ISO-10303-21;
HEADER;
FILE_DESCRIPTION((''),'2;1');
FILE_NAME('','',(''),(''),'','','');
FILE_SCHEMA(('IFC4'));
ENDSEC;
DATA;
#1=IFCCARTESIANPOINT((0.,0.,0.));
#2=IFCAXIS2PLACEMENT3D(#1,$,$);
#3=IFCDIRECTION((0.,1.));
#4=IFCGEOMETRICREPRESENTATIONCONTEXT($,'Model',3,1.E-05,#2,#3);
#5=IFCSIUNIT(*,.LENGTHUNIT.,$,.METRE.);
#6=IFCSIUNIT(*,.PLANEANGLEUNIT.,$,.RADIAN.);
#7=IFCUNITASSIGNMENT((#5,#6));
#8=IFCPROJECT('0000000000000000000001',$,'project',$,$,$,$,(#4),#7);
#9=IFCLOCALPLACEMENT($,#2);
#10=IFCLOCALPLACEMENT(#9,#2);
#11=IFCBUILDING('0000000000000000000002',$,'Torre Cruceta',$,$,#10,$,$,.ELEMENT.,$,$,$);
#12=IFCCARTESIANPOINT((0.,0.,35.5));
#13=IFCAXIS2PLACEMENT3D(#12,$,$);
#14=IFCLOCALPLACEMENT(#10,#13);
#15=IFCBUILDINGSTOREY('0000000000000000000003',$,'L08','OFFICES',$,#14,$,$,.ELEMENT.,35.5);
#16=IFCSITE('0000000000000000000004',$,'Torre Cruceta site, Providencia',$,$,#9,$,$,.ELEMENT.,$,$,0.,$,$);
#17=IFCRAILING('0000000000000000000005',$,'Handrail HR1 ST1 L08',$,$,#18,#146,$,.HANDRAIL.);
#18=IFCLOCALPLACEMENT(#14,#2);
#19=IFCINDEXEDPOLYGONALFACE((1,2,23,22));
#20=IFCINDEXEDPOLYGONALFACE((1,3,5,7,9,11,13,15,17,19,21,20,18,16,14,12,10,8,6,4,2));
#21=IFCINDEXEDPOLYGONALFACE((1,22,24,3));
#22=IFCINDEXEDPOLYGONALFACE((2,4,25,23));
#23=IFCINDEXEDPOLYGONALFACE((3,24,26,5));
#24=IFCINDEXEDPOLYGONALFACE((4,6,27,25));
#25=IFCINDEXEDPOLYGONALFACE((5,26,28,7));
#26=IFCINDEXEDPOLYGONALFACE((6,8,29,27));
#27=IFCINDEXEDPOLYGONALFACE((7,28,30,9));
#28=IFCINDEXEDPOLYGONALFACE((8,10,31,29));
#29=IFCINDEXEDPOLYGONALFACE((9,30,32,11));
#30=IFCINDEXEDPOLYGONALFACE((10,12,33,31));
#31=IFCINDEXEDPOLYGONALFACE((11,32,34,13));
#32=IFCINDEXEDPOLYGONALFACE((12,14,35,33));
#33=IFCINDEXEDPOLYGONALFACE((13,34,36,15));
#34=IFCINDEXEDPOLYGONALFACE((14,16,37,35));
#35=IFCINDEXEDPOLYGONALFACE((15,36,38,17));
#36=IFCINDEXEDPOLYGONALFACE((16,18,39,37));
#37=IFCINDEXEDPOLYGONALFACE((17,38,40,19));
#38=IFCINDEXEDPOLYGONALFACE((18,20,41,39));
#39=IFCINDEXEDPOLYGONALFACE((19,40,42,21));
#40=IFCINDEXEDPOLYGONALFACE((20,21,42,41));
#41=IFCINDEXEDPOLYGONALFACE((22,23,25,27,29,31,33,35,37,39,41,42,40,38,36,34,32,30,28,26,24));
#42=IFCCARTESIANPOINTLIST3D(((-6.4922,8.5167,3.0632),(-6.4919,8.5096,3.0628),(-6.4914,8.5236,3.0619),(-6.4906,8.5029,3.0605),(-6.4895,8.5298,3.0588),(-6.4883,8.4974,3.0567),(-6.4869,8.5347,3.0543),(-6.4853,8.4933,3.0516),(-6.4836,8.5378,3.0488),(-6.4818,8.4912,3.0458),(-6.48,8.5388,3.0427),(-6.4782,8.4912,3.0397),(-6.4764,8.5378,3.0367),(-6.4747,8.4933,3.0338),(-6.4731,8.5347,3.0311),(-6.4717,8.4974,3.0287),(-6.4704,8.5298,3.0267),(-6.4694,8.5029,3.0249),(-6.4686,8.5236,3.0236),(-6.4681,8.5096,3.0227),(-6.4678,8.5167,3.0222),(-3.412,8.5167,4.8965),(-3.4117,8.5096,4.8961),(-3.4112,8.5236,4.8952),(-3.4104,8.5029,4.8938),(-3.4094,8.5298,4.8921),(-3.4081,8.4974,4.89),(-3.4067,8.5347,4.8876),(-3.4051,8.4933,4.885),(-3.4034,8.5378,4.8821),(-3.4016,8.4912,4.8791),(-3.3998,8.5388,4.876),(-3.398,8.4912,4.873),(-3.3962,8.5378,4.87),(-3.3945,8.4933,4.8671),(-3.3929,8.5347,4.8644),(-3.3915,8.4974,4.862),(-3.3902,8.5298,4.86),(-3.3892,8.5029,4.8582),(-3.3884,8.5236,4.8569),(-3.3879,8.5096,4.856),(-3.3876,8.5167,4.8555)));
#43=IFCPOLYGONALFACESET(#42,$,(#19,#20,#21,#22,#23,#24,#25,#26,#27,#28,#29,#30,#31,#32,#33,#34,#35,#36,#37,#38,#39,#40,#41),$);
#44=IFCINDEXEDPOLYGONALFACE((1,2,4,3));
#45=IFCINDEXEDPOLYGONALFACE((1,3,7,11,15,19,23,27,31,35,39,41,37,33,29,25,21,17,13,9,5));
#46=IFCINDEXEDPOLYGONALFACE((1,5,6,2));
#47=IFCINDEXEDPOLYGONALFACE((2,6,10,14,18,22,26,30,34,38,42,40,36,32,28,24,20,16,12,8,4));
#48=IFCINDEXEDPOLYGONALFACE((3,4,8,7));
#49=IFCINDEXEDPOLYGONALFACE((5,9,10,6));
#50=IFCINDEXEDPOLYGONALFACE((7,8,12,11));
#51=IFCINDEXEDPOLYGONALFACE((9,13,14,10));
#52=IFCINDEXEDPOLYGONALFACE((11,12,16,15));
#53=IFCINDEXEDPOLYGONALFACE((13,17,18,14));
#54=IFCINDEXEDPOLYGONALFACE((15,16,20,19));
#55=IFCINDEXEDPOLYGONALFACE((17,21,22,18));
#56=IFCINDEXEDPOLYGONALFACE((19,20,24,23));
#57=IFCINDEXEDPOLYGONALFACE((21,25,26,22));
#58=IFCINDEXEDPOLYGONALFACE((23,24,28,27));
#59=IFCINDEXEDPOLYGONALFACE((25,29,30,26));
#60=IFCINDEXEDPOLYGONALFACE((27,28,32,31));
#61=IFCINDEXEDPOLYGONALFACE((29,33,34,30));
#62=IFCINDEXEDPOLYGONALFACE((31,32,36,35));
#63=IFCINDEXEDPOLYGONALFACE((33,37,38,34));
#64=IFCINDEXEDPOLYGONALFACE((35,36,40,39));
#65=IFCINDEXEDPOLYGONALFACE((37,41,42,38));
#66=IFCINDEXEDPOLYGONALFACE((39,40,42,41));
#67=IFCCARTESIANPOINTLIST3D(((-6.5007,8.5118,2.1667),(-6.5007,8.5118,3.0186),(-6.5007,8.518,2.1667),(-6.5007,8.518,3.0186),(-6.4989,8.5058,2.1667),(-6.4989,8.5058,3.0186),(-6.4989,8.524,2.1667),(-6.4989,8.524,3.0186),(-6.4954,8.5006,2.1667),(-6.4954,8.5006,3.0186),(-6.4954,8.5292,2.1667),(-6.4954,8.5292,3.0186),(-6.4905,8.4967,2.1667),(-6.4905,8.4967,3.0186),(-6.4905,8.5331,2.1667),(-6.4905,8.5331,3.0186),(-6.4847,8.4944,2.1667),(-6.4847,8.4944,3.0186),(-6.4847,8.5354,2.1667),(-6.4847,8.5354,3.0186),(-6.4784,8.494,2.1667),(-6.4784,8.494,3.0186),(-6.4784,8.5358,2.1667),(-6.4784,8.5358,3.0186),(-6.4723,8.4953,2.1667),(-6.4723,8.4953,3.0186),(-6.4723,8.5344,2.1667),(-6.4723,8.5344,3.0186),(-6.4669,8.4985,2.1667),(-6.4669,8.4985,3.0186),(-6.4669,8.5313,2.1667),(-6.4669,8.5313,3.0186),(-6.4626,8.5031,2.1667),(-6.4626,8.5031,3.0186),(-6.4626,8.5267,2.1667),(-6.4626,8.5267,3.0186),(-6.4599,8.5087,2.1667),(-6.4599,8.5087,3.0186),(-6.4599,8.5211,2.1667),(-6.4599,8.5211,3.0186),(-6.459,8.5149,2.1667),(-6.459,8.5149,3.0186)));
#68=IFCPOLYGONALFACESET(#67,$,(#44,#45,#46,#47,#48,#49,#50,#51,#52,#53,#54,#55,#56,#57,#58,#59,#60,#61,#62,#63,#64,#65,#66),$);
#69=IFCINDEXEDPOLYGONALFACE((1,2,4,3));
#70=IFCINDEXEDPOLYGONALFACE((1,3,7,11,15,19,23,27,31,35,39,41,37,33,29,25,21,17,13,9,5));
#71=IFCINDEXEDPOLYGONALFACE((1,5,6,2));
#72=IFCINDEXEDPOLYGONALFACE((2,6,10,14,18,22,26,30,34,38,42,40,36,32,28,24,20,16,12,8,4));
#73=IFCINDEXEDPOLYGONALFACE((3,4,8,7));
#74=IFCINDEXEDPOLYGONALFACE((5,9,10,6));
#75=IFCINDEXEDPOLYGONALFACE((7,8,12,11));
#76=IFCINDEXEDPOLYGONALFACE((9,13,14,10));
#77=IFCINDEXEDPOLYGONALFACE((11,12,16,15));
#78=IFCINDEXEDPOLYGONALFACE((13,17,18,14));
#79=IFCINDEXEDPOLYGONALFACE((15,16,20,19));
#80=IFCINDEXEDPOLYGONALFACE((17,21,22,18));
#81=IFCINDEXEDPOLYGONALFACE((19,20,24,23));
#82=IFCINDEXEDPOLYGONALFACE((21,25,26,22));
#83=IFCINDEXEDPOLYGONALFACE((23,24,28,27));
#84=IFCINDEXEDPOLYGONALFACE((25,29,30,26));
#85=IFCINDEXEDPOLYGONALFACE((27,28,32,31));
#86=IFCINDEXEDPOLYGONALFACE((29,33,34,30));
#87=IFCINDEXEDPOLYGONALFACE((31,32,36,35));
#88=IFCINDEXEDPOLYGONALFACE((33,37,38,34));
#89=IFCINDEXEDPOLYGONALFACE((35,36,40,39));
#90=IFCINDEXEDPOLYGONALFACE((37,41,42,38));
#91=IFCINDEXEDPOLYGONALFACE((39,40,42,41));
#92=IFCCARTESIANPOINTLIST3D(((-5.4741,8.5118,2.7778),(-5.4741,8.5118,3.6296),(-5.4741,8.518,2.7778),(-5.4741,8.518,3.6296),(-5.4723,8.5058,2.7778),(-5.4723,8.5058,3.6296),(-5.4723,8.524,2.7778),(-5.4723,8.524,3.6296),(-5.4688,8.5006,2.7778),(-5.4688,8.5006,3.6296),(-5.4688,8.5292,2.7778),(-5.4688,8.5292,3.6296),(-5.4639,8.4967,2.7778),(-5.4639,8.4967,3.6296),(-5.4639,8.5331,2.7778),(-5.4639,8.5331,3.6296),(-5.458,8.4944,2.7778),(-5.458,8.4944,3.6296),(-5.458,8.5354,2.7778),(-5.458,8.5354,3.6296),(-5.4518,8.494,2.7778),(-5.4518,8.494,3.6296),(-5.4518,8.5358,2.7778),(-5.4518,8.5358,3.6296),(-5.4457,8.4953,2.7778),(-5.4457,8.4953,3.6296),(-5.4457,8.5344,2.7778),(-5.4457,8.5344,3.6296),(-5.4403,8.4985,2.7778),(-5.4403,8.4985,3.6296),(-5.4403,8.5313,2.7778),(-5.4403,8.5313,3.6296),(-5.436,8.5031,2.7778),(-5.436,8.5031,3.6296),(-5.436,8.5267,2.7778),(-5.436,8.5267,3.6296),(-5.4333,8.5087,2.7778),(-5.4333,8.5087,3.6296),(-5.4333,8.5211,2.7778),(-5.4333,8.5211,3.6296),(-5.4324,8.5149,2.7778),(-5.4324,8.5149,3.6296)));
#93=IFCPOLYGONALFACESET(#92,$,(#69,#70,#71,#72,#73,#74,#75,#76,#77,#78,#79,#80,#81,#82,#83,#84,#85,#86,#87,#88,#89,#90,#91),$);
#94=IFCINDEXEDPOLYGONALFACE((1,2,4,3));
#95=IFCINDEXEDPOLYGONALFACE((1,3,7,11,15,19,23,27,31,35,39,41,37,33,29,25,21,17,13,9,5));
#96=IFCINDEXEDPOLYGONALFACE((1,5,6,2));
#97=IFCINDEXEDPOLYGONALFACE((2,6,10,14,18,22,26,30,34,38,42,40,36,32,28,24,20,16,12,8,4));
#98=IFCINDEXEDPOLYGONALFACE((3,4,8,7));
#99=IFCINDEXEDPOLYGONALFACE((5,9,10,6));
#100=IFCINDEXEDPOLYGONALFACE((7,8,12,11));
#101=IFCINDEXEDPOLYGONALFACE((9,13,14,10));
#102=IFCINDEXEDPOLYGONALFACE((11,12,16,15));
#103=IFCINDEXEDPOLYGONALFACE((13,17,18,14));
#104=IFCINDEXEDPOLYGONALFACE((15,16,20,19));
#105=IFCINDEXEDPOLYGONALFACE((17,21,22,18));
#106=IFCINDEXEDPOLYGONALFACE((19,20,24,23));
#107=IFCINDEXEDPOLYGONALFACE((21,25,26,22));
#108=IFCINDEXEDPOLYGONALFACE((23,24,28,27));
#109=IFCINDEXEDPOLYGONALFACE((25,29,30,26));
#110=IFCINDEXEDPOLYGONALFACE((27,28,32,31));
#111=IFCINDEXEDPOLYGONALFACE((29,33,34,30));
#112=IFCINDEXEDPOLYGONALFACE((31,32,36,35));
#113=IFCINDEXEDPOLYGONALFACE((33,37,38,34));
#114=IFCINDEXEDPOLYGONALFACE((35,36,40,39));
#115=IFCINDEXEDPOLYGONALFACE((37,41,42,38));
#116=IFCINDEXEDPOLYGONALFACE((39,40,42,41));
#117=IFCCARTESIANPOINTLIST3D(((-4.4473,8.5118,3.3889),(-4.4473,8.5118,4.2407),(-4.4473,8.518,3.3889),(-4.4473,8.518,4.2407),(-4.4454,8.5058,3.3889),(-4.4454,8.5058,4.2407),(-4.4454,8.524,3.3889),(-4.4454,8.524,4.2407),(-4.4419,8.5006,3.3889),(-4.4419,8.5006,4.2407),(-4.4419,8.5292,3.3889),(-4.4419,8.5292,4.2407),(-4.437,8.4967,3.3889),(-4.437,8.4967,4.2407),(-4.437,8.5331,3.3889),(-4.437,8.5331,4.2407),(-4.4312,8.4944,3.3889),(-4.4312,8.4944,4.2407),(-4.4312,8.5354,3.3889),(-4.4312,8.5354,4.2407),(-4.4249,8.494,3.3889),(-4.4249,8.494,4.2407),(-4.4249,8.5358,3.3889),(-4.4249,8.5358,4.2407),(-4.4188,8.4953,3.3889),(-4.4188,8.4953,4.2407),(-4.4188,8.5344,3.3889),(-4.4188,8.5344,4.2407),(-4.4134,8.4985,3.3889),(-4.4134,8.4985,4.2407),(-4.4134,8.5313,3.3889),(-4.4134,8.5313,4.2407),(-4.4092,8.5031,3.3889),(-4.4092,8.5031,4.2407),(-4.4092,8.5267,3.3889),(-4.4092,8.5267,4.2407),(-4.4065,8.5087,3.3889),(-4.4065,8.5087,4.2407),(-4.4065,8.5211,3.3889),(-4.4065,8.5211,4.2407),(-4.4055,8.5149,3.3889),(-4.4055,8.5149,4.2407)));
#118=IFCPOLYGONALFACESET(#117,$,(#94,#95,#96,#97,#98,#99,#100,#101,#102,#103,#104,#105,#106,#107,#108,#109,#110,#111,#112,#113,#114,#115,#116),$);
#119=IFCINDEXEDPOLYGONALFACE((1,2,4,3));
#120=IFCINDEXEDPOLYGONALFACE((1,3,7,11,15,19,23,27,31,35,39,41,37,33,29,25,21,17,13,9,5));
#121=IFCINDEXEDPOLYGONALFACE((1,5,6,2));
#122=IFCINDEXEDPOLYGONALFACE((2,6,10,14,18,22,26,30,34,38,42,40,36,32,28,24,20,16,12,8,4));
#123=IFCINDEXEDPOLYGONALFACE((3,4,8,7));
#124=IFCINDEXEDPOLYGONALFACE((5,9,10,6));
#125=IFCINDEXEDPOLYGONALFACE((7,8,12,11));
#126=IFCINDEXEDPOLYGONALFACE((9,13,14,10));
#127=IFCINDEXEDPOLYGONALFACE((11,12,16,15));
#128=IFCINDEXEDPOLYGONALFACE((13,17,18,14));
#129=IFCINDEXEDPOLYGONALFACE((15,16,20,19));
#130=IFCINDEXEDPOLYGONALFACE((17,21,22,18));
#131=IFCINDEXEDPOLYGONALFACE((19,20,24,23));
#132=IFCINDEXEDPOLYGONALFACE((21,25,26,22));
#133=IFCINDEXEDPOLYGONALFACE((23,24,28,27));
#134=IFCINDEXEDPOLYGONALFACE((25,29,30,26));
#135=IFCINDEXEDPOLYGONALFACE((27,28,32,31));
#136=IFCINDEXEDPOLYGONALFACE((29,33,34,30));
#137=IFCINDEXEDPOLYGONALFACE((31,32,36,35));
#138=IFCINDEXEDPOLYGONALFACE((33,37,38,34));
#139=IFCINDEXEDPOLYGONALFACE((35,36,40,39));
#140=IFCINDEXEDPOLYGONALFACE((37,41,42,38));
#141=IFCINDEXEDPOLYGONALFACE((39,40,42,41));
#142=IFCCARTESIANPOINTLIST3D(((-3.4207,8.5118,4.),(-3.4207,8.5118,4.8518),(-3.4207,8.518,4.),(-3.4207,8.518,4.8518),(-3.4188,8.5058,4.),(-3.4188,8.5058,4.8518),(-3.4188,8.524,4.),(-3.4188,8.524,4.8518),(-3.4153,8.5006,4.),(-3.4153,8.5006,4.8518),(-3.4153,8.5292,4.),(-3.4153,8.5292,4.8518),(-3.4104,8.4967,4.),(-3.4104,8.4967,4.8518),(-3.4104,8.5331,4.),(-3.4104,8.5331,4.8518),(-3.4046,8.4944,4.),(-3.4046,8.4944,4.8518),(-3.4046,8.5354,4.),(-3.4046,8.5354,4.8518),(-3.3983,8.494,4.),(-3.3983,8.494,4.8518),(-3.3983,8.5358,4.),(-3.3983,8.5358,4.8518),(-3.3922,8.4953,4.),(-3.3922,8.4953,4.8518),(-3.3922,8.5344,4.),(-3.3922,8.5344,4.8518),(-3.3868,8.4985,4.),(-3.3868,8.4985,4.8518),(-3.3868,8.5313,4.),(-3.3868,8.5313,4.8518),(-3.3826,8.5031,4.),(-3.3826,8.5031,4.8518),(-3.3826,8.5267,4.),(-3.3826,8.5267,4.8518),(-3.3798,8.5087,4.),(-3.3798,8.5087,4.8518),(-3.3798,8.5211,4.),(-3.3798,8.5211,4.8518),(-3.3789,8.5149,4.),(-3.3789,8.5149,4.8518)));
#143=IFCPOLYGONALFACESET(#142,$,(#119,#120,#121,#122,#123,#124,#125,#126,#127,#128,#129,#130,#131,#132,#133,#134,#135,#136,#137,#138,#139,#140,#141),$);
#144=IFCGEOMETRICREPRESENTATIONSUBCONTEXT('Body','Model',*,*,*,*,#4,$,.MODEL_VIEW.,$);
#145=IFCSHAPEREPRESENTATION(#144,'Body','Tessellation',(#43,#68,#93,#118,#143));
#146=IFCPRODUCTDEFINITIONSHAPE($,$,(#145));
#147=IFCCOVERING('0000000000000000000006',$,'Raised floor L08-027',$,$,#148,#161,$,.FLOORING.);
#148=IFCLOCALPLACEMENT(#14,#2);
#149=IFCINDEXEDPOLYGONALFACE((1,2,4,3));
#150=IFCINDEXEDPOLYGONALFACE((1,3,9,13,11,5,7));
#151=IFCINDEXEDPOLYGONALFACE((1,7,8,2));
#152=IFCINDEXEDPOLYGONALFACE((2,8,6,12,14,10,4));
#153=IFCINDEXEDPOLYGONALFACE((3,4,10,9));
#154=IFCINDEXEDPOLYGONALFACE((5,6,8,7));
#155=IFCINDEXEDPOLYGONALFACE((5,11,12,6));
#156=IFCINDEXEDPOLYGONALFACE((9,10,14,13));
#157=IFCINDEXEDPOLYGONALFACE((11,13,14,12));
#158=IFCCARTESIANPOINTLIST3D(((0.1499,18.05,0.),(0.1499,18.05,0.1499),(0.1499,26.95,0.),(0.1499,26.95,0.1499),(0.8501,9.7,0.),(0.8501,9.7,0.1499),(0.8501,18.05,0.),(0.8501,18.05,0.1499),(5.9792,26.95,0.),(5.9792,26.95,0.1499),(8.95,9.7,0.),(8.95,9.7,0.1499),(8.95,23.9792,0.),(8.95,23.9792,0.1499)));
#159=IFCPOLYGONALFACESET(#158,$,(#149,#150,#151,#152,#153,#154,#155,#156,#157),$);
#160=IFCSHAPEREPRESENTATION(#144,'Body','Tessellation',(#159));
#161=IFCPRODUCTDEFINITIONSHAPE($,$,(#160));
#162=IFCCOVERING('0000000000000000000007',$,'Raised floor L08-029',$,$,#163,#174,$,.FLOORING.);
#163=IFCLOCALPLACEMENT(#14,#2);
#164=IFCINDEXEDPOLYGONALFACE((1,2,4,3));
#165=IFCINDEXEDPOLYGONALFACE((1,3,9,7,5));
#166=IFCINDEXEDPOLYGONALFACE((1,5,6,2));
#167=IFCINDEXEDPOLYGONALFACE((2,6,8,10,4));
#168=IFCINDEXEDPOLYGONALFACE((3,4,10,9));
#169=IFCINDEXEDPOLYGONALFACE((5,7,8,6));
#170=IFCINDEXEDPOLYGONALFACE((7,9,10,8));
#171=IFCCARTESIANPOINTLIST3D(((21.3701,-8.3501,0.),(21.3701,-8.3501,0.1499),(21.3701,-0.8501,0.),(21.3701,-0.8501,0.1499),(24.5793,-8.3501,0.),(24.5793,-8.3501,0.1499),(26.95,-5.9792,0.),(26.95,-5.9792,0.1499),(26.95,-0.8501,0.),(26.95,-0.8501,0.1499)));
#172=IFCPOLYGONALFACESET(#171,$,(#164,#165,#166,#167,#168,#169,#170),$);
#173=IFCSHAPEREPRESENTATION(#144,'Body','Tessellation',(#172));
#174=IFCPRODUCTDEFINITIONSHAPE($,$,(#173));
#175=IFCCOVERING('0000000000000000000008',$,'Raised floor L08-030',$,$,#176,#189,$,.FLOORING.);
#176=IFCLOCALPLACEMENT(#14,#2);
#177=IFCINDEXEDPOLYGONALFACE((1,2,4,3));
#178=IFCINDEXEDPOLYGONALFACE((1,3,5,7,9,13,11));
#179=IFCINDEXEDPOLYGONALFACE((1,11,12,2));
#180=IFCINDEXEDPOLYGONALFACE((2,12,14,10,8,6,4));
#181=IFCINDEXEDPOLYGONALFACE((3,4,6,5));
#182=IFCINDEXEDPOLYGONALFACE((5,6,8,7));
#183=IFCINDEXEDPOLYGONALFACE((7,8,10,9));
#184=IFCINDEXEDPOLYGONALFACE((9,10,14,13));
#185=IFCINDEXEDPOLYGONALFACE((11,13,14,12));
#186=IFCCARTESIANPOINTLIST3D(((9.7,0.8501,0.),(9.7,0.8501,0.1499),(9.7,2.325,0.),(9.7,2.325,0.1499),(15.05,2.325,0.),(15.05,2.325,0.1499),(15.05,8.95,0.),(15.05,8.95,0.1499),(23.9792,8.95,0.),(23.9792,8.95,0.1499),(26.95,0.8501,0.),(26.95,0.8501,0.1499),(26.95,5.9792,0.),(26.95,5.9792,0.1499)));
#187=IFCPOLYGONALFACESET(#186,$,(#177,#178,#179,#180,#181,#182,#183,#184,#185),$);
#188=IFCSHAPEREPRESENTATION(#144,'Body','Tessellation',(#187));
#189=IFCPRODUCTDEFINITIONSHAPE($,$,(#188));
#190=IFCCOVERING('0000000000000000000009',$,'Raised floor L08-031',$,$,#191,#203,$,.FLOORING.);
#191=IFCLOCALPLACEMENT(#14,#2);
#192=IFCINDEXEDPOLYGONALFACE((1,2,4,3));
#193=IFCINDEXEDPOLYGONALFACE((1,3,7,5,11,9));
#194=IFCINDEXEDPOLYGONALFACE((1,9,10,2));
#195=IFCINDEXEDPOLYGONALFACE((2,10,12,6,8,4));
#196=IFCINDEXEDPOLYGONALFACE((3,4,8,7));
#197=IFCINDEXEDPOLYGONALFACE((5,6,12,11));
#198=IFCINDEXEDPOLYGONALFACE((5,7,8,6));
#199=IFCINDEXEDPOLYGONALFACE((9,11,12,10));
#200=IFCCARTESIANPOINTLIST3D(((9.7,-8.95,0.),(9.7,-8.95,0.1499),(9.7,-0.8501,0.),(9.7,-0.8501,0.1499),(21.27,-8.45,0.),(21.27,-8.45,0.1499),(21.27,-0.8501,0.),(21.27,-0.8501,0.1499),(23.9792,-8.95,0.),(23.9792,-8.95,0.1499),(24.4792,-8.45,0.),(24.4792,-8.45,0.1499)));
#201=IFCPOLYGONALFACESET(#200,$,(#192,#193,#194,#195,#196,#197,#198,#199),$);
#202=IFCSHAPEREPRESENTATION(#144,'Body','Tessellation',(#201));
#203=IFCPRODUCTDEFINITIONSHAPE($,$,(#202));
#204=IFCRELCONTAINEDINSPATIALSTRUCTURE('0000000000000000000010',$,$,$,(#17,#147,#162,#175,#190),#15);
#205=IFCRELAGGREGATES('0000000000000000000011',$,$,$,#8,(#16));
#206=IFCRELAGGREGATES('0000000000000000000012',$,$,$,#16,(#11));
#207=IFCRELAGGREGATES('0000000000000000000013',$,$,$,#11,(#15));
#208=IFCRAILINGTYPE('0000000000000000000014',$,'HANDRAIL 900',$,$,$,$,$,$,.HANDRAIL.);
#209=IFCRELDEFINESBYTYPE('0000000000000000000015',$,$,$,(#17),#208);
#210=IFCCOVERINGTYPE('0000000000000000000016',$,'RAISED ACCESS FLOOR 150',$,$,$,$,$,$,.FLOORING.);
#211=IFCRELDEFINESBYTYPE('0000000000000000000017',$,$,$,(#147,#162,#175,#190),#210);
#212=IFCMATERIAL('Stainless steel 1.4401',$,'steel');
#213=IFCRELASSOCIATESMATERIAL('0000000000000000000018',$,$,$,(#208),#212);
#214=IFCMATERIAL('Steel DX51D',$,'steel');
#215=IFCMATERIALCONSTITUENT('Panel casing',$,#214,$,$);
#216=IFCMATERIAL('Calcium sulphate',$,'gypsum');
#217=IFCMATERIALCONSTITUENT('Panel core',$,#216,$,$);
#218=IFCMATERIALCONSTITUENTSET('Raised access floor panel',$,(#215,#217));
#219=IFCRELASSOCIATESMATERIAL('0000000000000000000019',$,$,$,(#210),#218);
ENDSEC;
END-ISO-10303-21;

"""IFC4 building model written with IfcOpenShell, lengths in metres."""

from ifc_helpers import new_model, si_unit, direction, frame, origin, origin_2d, place, context, subcontext, project, spatial, polyline, circle, outline, extrude, material, constituent, constituent_set, type_object, element, save


model = new_model("IFC4")

# Units and contexts
model_context = context("Model", 3, precision=1e-05, world=origin(), true_north=direction((0.0, 1.0)))
body_context = subcontext(model_context, "Body", "Model", "MODEL_VIEW")
ifc_project = project(units=[si_unit("LENGTHUNIT", "METRE"), si_unit("PLANEANGLEUNIT", "RADIAN")], contexts=[model_context])

# Site, building, storey
site_placement = place(None, origin())
site = spatial("IfcSite", under=ifc_project, at=site_placement, Name="Torre Cruceta site, Providencia", CompositionType="ELEMENT", RefElevation=0.0)
building_placement = place(site_placement, origin())
building = spatial("IfcBuilding", under=site, at=building_placement, Name="Torre Cruceta", CompositionType="ELEMENT")
storey_placement = place(building_placement, frame((0.0, 0.0, 35.5)))
storey = spatial("IfcBuildingStorey", under=building, at=storey_placement, Name="L08", Description="OFFICES", CompositionType="ELEMENT", Elevation=35.5)

# Railing
ifc_material_1 = material(Name="Stainless steel 1.4401", Category="steel")
railing_type = type_object("IfcRailingType", Name="HANDRAIL 900", PredefinedType="HANDRAIL", material=ifc_material_1)
railing_1_placement = place(storey_placement, frame((-6.48, 8.5149, 2.1667)))
element("IfcRailing", 1, at=railing_1_placement, inside=storey, type_object=railing_type, Name="Handrail HR1 ST1 L08", PredefinedType="HANDRAIL", context=body_context, shape_type="SweptSolid", body=[
    extrude(circle(Radius=0.0239, at=origin_2d()), frame((0.0, 0.0, 0.876), z_axis=(0.859309, 0.0, 0.511458), x_axis=(0.0, 1.0, 0.0)), (0.0, 0.0, 1.0), 3.5845),
    extrude(circle(Radius=0.021, at=origin_2d()), origin(), (0.0, 0.0, 1.0), 0.8518),
    extrude(circle(Radius=0.021, at=origin_2d()), frame((1.0266, 0.0, 0.6111)), (0.0, 0.0, 1.0), 0.8518),
    extrude(circle(Radius=0.021, at=origin_2d()), frame((2.0535, 0.0, 1.2222)), (0.0, 0.0, 1.0), 0.8518),
    extrude(circle(Radius=0.021, at=origin_2d()), frame((3.0801, 0.0, 1.8333)), (0.0, 0.0, 1.0), 0.8518),
])

# Coverings
ifc_material_2 = material(Name="Steel DX51D", Category="steel")
ifc_constituent_1 = constituent(ifc_material_2, Name="Panel casing")
ifc_material_3 = material(Name="Calcium sulphate", Category="gypsum")
ifc_constituent_2 = constituent(ifc_material_3, Name="Panel core")
ifc_constituent_set_1 = constituent_set(constituents=[ifc_constituent_1, ifc_constituent_2], Name="Raised access floor panel")
covering_type_1 = type_object("IfcCoveringType", Name="RAISED ACCESS FLOOR 150", PredefinedType="FLOORING", material=ifc_constituent_set_1)
covering_1_placement = place(storey_placement, origin())
element("IfcCovering", 2, at=covering_1_placement, inside=storey, type_object=covering_type_1, Name="Raised floor L08-027", PredefinedType="FLOORING", context=body_context, shape_type="SweptSolid", body=[
    extrude(outline(polyline([(5.9792, 26.95), (8.95, 23.9792), (8.95, 9.7), (0.8501, 9.7), (0.8501, 18.05), (0.1499, 18.05), (0.1499, 26.95), (5.9792, 26.95)])), origin(), (0.0, 0.0, 1.0), 0.1499),
])
covering_2_placement = place(storey_placement, origin())
element("IfcCovering", 3, at=covering_2_placement, inside=storey, type_object=covering_type_1, Name="Raised floor L08-029", PredefinedType="FLOORING", context=body_context, shape_type="SweptSolid", body=[
    extrude(outline(polyline([(24.5793, -8.3501), (21.3701, -8.3501), (21.3701, -0.8501), (26.95, -0.8501), (26.95, -5.9792), (24.5793, -8.3501)])), origin(), (0.0, 0.0, 1.0), 0.1499),
])
covering_3_placement = place(storey_placement, origin())
element("IfcCovering", 4, at=covering_3_placement, inside=storey, type_object=covering_type_1, Name="Raised floor L08-030", PredefinedType="FLOORING", context=body_context, shape_type="SweptSolid", body=[
    extrude(outline(polyline([(26.95, 0.8501), (9.7, 0.8501), (9.7, 2.325), (15.05, 2.325), (15.05, 8.95), (23.9792, 8.95), (26.95, 5.9792), (26.95, 0.8501)])), origin(), (0.0, 0.0, 1.0), 0.1499),
])
covering_4_placement = place(storey_placement, origin())
element("IfcCovering", 5, at=covering_4_placement, inside=storey, type_object=covering_type_1, Name="Raised floor L08-031", PredefinedType="FLOORING", context=body_context, shape_type="SweptSolid", body=[
    extrude(outline(polyline([(21.27, -8.45), (24.4792, -8.45), (23.9792, -8.95), (9.7, -8.95), (9.7, -0.8501), (21.27, -0.8501), (21.27, -8.45)])), origin(), (0.0, 0.0, 1.0), 0.1499),
])

save(model, "model.ifc")
